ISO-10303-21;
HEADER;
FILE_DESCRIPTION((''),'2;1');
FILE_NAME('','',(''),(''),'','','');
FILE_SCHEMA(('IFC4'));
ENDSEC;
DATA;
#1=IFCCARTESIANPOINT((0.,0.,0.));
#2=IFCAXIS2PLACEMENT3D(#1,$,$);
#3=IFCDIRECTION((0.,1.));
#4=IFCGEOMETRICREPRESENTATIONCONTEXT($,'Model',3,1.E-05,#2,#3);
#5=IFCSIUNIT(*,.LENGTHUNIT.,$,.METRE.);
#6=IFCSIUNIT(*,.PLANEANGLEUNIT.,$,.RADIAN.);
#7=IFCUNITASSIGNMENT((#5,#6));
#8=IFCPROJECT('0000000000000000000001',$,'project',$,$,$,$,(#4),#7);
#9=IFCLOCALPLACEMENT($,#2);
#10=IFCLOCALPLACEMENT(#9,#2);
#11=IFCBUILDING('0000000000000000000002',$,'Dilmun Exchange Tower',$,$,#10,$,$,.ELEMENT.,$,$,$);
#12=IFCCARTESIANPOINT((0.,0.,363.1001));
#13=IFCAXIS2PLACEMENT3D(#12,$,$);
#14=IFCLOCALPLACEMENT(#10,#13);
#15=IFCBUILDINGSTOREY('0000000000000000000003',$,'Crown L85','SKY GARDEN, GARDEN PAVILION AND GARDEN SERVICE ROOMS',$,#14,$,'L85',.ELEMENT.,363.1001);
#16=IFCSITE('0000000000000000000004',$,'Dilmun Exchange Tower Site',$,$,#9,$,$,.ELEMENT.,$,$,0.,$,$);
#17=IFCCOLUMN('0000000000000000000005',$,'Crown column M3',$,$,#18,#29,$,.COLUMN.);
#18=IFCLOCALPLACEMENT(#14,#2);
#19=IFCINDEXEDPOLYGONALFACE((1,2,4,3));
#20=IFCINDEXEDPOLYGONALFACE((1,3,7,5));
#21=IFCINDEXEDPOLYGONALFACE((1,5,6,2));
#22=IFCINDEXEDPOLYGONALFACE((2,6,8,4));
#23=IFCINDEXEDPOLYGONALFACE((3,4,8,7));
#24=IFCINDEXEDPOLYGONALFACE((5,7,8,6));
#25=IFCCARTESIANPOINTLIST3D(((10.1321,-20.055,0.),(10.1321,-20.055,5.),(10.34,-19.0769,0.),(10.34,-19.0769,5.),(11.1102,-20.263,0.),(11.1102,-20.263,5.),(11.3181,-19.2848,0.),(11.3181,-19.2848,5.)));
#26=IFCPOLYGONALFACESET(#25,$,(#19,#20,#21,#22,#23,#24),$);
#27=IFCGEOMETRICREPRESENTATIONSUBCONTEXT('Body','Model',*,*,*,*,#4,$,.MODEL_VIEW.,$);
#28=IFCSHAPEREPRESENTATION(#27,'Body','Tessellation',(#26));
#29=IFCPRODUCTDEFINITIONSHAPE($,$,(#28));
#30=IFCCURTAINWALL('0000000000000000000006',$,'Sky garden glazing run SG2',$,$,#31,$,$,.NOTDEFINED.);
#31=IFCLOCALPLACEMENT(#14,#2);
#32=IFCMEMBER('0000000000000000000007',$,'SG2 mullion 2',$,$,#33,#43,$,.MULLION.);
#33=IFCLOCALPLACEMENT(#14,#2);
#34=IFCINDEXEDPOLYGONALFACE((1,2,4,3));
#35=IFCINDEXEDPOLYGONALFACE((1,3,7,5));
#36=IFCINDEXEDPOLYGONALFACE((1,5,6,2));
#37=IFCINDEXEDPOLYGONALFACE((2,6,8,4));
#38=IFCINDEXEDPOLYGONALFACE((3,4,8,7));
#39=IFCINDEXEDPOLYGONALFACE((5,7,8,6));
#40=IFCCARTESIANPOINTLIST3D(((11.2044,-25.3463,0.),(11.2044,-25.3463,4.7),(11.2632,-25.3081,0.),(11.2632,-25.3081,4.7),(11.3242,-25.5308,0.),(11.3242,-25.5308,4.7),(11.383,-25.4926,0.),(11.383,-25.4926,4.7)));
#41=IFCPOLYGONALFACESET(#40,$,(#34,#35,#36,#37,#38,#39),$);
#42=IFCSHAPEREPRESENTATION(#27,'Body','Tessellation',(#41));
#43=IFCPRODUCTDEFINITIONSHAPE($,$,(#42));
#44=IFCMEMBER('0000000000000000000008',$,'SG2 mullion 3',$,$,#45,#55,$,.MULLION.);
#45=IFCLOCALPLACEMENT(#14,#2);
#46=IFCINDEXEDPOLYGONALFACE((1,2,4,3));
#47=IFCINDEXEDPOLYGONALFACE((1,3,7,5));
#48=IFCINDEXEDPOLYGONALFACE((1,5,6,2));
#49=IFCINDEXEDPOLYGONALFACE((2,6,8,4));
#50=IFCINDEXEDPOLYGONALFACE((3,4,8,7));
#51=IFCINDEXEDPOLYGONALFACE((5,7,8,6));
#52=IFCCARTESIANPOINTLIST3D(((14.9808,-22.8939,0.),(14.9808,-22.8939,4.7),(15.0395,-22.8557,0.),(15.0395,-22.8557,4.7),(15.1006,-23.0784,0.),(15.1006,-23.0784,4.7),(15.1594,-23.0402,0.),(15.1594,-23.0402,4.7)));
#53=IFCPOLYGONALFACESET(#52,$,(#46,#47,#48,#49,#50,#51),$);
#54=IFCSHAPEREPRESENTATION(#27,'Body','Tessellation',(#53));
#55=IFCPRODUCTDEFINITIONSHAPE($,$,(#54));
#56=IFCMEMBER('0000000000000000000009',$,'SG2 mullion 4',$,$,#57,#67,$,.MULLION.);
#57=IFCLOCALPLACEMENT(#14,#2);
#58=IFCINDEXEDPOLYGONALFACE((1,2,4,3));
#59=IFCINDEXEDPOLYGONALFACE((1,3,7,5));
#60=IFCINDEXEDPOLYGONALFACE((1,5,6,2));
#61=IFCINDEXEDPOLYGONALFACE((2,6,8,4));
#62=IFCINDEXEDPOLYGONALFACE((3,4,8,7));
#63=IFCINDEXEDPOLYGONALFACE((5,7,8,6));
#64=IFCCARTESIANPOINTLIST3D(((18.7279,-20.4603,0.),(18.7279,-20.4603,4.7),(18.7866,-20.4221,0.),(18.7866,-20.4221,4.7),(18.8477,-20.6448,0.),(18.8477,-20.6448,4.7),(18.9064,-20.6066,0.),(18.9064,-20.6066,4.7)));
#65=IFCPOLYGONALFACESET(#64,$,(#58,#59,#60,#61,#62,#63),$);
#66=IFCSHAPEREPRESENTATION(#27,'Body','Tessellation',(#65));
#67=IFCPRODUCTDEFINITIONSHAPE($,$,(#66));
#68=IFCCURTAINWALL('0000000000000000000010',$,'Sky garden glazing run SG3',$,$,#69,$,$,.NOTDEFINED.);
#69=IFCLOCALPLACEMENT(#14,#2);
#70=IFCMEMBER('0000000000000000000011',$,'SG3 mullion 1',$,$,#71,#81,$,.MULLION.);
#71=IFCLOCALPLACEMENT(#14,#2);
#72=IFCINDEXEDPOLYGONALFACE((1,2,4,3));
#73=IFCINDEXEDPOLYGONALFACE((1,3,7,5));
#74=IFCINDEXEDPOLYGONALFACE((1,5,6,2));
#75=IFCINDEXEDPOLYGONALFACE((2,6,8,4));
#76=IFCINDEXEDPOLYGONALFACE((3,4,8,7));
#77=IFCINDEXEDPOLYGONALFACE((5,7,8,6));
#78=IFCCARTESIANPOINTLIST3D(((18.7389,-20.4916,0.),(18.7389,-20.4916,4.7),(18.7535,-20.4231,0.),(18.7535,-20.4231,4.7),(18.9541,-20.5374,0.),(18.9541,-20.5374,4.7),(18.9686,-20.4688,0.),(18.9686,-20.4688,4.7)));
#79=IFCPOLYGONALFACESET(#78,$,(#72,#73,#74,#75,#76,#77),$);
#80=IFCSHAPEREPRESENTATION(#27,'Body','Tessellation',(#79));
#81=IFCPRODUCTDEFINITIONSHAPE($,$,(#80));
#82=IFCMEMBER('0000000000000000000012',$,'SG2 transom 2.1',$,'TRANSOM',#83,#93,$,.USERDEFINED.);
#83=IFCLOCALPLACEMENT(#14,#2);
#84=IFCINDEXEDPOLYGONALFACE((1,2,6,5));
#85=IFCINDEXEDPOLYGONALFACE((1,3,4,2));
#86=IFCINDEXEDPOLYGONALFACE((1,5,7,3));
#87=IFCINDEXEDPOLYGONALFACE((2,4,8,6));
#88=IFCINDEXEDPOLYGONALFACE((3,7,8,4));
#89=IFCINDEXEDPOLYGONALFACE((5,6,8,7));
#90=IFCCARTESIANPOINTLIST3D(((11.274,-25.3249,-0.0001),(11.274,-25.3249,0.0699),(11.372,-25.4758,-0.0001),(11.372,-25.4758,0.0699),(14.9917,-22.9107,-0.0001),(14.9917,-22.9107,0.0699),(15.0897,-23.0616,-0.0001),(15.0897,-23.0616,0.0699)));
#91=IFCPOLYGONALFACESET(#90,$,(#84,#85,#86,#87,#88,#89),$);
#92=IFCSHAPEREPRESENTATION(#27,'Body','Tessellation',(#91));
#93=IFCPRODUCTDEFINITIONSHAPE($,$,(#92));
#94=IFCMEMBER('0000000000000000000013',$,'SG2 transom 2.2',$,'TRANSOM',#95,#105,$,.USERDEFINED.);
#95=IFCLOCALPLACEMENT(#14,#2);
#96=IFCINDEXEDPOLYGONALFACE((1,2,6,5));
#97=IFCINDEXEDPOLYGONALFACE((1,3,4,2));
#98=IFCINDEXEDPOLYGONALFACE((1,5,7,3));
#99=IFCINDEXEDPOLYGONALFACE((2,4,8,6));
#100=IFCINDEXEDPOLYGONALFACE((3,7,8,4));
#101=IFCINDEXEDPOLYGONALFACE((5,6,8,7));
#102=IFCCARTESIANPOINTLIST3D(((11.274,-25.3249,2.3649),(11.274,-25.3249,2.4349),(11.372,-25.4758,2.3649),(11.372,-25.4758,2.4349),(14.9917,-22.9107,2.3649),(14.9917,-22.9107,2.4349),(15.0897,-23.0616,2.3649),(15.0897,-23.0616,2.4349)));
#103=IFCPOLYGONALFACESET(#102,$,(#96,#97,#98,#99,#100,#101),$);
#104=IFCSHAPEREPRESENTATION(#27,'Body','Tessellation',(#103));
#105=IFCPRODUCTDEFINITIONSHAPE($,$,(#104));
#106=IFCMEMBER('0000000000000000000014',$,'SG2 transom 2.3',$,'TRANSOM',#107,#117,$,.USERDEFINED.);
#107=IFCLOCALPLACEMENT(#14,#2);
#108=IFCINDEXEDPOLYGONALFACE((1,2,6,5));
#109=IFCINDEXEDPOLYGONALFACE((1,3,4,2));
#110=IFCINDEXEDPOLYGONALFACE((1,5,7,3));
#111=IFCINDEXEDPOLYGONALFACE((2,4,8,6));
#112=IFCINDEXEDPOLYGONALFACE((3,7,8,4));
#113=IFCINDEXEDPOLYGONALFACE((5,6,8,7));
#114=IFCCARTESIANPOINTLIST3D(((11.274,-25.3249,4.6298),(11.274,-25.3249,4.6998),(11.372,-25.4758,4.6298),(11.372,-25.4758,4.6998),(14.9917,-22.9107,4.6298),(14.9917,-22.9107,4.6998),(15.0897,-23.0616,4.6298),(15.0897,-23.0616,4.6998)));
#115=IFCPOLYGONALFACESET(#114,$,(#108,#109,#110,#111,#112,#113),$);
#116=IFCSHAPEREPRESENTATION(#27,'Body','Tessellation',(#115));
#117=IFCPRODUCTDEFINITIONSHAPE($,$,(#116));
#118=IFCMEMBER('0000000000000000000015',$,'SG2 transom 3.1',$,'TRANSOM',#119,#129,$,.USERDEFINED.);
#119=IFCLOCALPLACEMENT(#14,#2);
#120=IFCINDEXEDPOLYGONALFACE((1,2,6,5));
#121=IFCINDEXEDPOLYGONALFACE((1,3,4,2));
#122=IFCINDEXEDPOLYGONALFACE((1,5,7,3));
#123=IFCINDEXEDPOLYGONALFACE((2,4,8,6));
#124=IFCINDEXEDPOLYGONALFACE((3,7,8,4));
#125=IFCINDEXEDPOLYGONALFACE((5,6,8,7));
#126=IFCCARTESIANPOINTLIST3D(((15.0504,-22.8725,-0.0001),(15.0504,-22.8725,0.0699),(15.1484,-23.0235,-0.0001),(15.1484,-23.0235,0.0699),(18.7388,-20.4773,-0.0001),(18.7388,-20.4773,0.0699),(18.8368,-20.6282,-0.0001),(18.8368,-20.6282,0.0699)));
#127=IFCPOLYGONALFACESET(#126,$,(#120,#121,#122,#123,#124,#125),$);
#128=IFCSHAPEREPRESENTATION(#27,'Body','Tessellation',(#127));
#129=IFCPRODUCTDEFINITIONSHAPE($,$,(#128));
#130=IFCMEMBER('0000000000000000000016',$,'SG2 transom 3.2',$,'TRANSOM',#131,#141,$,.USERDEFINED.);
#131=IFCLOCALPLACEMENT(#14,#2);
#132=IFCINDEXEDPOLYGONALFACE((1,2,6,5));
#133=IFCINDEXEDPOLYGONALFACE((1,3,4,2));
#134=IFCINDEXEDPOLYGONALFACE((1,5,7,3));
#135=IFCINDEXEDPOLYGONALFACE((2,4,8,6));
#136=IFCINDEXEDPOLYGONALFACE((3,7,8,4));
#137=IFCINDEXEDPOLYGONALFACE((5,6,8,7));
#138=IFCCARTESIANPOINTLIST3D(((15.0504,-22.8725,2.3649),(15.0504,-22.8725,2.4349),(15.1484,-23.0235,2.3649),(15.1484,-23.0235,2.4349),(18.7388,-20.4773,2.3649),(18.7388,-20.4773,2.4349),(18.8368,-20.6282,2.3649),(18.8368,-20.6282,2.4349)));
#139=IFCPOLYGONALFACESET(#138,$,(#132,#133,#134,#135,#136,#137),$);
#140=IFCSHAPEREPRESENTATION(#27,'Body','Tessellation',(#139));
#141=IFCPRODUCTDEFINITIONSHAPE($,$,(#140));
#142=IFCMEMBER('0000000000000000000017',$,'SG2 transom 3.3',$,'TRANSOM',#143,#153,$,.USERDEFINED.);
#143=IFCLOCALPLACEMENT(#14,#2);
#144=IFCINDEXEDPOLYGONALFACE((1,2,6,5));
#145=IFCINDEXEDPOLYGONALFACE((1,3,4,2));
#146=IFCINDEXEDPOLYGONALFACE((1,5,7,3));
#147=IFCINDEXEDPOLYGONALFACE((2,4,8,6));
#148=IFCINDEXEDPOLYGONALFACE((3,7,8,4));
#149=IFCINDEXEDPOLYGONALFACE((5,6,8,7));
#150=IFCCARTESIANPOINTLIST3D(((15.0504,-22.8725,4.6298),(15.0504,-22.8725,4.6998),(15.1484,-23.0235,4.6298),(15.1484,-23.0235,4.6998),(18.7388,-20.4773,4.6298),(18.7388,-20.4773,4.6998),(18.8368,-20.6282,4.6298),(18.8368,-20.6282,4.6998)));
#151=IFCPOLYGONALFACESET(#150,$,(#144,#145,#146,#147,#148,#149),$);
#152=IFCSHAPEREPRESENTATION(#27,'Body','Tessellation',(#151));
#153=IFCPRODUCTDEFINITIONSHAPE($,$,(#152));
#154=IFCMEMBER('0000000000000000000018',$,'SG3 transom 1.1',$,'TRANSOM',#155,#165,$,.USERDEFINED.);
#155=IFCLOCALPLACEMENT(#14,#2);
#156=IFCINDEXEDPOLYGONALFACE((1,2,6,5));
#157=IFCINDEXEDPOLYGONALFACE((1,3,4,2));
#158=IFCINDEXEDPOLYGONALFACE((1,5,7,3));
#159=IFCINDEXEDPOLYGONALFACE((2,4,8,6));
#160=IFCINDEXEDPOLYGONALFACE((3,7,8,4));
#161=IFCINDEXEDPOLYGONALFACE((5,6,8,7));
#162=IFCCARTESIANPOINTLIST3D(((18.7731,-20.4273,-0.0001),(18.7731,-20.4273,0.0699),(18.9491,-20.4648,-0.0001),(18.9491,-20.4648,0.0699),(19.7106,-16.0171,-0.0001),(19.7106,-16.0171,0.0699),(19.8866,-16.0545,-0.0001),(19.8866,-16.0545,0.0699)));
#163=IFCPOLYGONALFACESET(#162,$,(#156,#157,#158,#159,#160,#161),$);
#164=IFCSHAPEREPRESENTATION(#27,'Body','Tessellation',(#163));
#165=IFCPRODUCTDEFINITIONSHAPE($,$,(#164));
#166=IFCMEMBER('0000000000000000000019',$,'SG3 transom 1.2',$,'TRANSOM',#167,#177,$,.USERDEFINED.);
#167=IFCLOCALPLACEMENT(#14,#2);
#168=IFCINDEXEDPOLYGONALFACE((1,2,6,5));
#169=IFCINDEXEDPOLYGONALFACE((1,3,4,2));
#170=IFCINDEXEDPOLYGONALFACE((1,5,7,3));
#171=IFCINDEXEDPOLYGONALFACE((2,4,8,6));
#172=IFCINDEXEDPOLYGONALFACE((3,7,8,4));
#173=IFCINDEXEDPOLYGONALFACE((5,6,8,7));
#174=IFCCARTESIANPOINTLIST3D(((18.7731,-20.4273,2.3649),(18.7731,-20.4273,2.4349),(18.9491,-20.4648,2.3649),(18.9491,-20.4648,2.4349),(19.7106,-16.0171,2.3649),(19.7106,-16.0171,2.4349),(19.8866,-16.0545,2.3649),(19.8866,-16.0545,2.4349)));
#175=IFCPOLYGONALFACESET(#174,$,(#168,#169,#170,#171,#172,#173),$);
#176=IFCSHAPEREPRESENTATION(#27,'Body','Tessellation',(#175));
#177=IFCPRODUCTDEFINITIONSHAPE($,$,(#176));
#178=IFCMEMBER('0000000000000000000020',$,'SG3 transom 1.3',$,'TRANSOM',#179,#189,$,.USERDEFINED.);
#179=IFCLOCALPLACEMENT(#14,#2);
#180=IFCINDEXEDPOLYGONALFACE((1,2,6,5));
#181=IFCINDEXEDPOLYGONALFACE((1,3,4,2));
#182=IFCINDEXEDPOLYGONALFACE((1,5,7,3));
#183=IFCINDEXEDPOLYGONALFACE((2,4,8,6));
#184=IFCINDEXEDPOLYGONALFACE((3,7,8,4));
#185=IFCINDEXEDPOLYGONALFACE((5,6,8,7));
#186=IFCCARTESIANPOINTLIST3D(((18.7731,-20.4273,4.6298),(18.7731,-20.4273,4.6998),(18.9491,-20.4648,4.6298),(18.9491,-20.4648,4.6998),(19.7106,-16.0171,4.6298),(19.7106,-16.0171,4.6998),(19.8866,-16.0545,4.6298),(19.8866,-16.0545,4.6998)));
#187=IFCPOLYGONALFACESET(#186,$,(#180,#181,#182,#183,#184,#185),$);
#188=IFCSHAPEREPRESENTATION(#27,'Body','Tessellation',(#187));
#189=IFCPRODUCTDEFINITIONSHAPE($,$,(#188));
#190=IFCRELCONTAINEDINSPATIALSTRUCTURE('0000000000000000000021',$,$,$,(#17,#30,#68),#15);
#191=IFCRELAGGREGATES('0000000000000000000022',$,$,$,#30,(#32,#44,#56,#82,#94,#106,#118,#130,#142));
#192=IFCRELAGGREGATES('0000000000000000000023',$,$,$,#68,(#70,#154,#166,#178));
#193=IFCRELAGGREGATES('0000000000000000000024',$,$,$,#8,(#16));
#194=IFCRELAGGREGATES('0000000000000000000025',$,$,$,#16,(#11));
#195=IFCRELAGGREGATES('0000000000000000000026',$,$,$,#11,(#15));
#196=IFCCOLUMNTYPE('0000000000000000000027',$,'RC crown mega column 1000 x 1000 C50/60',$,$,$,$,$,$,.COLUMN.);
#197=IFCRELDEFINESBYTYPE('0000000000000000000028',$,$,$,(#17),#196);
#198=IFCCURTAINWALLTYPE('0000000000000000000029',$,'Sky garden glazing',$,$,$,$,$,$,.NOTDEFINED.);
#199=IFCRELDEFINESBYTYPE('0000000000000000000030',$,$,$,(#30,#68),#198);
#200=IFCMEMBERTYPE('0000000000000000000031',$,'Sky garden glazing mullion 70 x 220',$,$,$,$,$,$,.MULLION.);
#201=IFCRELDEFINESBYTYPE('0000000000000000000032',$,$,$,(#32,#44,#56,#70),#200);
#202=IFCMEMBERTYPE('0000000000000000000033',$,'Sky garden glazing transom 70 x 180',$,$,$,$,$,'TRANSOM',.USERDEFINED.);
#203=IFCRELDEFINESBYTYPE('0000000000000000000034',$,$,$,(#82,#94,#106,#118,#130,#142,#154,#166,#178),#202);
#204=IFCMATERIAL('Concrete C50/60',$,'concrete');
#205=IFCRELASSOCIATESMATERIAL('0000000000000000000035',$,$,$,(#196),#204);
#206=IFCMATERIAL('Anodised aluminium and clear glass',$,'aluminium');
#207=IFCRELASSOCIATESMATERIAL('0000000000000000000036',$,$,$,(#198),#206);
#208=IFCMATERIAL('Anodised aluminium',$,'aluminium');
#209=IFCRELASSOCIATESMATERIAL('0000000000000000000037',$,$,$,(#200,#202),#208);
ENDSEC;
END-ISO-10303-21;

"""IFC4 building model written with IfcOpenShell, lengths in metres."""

from ifc_helpers import new_model, si_unit, direction, frame, origin, origin_2d, place, context, subcontext, project, spatial, rectangle, extrude, material, material_profile, profile_set, type_object, element, aggregate, save


model = new_model("IFC4")

# Units and contexts
model_context = context("Model", 3, precision=1e-05, world=origin(), true_north=direction((0.0, 1.0)))
body_context = subcontext(model_context, "Body", "Model", "MODEL_VIEW")
ifc_project = project(units=[si_unit("LENGTHUNIT", "METRE"), si_unit("PLANEANGLEUNIT", "RADIAN")], contexts=[model_context])

# Site, building, storey
site_placement = place(None, origin())
site = spatial("IfcSite", under=ifc_project, at=site_placement, Name="Dilmun Exchange Tower Site", CompositionType="ELEMENT", RefElevation=0.0)
building_placement = place(site_placement, origin())
building = spatial("IfcBuilding", under=site, at=building_placement, Name="Dilmun Exchange Tower", CompositionType="ELEMENT")
storey_placement = place(building_placement, frame((0.0, 0.0, 363.1001)))
storey = spatial("IfcBuildingStorey", under=building, at=storey_placement, Name="Crown L85", Description="SKY GARDEN, GARDEN PAVILION AND GARDEN SERVICE ROOMS", LongName="L85", CompositionType="ELEMENT", Elevation=363.1001)

# Column
ifc_material_1 = material(Name="Concrete C50/60", Category="concrete")
ifc_material_profile_1 = material_profile(ifc_material_1, rectangle(XDim=1.0, YDim=1.0, at=origin_2d()), Name="1000 x 1000")
ifc_profile_set_1 = profile_set([ifc_material_profile_1], Name="Concrete C50/60")
column_type = type_object("IfcColumnType", Name="RC crown mega column 1000 x 1000 C50/60", PredefinedType="COLUMN", material=ifc_profile_set_1)
column_placement = place(storey_placement, frame((10.7251, -19.6699, 0.0), z_axis=(0.0, 0.0, 1.0), x_axis=(0.207912, 0.978148, 0.0)))
element("IfcColumn", 1, at=column_placement, inside=storey, type_object=column_type, Name="Crown column M3", PredefinedType="COLUMN", context=body_context, shape_type="SweptSolid", body=[
    extrude(rectangle(XDim=1.0, YDim=1.0, at=origin_2d()), origin(), (0.0, 0.0, 1.0), 5.0),
])

# Curtain wall, members
ifc_material_2 = material(Name="Anodised aluminium and clear glass", Category="aluminium")
curtain_wall_type = type_object("IfcCurtainWallType", Name="Sky garden glazing", PredefinedType="NOTDEFINED", material=ifc_material_2)
curtain_wall_1_placement = place(storey_placement, origin())
curtain_wall_1 = element("IfcCurtainWall", 2, at=curtain_wall_1_placement, inside=storey, type_object=curtain_wall_type, Name="Sky garden glazing run SG2", PredefinedType="NOTDEFINED")
ifc_material_3 = material(Name="Anodised aluminium", Category="aluminium")
ifc_material_profile_2 = material_profile(ifc_material_3, rectangle(XDim=0.22, YDim=0.0701, at=origin_2d()), Name="AL 70x220")
ifc_profile_set_2 = profile_set([ifc_material_profile_2], Name="Anodised aluminium")
member_type_1 = type_object("IfcMemberType", Name="Sky garden glazing mullion 70 x 220", PredefinedType="MULLION", material=ifc_profile_set_2)
member_1_placement = place(storey_placement, frame((11.2937, -25.4194, 0.0), z_axis=(0.0, 0.0, 1.0), x_axis=(-0.544644, 0.838667, 0.0)))
member_1 = element("IfcMember", 3, at=member_1_placement, type_object=member_type_1, Name="SG2 mullion 2", PredefinedType="MULLION", context=body_context, shape_type="SweptSolid", body=[
    extrude(rectangle(XDim=0.22, YDim=0.0701, at=origin_2d()), origin(), (0.0, 0.0, 1.0), 4.7),
])
member_2_placement = place(storey_placement, frame((15.0701, -22.967, 0.0), z_axis=(0.0, 0.0, 1.0), x_axis=(-0.544644, 0.838667, 0.0)))
member_2 = element("IfcMember", 4, at=member_2_placement, type_object=member_type_1, Name="SG2 mullion 3", PredefinedType="MULLION", context=body_context, shape_type="SweptSolid", body=[
    extrude(rectangle(XDim=0.22, YDim=0.0701, at=origin_2d()), origin(), (0.0, 0.0, 1.0), 4.7),
])
member_3_placement = place(storey_placement, frame((18.8171, -20.5334, 0.0), z_axis=(0.0, 0.0, 1.0), x_axis=(-0.544644, 0.838667, 0.0)))
member_3 = element("IfcMember", 5, at=member_3_placement, type_object=member_type_1, Name="SG2 mullion 4", PredefinedType="MULLION", context=body_context, shape_type="SweptSolid", body=[
    extrude(rectangle(XDim=0.22, YDim=0.0701, at=origin_2d()), origin(), (0.0, 0.0, 1.0), 4.7),
])

# Curtain wall, member
curtain_wall_2_placement = place(storey_placement, origin())
curtain_wall_2 = element("IfcCurtainWall", 6, at=curtain_wall_2_placement, inside=storey, type_object=curtain_wall_type, Name="Sky garden glazing run SG3", PredefinedType="NOTDEFINED")
member_4_placement = place(storey_placement, frame((18.8538, -20.4802, 0.0), z_axis=(0.0, 0.0, 1.0), x_axis=(-0.978147, 0.207913, 0.0)))
member_4 = element("IfcMember", 7, at=member_4_placement, type_object=member_type_1, Name="SG3 mullion 1", PredefinedType="MULLION", context=body_context, shape_type="SweptSolid", body=[
    extrude(rectangle(XDim=0.22, YDim=0.0701, at=origin_2d()), origin(), (0.0, 0.0, 1.0), 4.7),
])

# Members
ifc_material_profile_3 = material_profile(ifc_material_3, rectangle(XDim=0.1799, YDim=0.0701, at=origin_2d()), Name="AL 70x180")
ifc_profile_set_3 = profile_set([ifc_material_profile_3], Name="Anodised aluminium")
member_type_2 = type_object("IfcMemberType", Name="Sky garden glazing transom 70 x 180", ElementType="TRANSOM", PredefinedType="USERDEFINED", material=ifc_profile_set_3)
member_5_placement = place(storey_placement, frame((11.323, -25.4004, 0.0349), z_axis=(0.838675, 0.544632, 0.0), x_axis=(-0.544632, 0.838675, 0.0)))
member_5 = element("IfcMember", 8, at=member_5_placement, type_object=member_type_2, Name="SG2 transom 2.1", ObjectType="TRANSOM", PredefinedType="USERDEFINED", context=body_context, shape_type="SweptSolid", body=[
    extrude(rectangle(XDim=0.1799, YDim=0.0701, at=origin_2d()), origin(), (0.0, 0.0, 1.0), 4.4329),
])
member_6_placement = place(storey_placement, frame((11.323, -25.4004, 2.3999), z_axis=(0.838675, 0.544632, 0.0), x_axis=(-0.544632, 0.838675, 0.0)))
member_6 = element("IfcMember", 9, at=member_6_placement, type_object=member_type_2, Name="SG2 transom 2.2", ObjectType="TRANSOM", PredefinedType="USERDEFINED", context=body_context, shape_type="SweptSolid", body=[
    extrude(rectangle(XDim=0.1799, YDim=0.0701, at=origin_2d()), origin(), (0.0, 0.0, 1.0), 4.4329),
])
member_7_placement = place(storey_placement, frame((11.323, -25.4004, 4.6648), z_axis=(0.838675, 0.544632, 0.0), x_axis=(-0.544632, 0.838675, 0.0)))
member_7 = element("IfcMember", 10, at=member_7_placement, type_object=member_type_2, Name="SG2 transom 2.3", ObjectType="TRANSOM", PredefinedType="USERDEFINED", context=body_context, shape_type="SweptSolid", body=[
    extrude(rectangle(XDim=0.1799, YDim=0.0701, at=origin_2d()), origin(), (0.0, 0.0, 1.0), 4.4329),
])
member_8_placement = place(storey_placement, frame((15.0994, -22.948, 0.0349), z_axis=(0.838677, 0.544629, 0.0), x_axis=(-0.544629, 0.838677, 0.0)))
member_8 = element("IfcMember", 11, at=member_8_placement, type_object=member_type_2, Name="SG2 transom 3.1", ObjectType="TRANSOM", PredefinedType="USERDEFINED", context=body_context, shape_type="SweptSolid", body=[
    extrude(rectangle(XDim=0.1799, YDim=0.0701, at=origin_2d()), origin(), (0.0, 0.0, 1.0), 4.3979),
])
member_9_placement = place(storey_placement, frame((15.0994, -22.948, 2.3999), z_axis=(0.838677, 0.544629, 0.0), x_axis=(-0.544629, 0.838677, 0.0)))
member_9 = element("IfcMember", 12, at=member_9_placement, type_object=member_type_2, Name="SG2 transom 3.2", ObjectType="TRANSOM", PredefinedType="USERDEFINED", context=body_context, shape_type="SweptSolid", body=[
    extrude(rectangle(XDim=0.1799, YDim=0.0701, at=origin_2d()), origin(), (0.0, 0.0, 1.0), 4.3979),
])
member_10_placement = place(storey_placement, frame((15.0994, -22.948, 4.6648), z_axis=(0.838677, 0.544629, 0.0), x_axis=(-0.544629, 0.838677, 0.0)))
member_10 = element("IfcMember", 13, at=member_10_placement, type_object=member_type_2, Name="SG2 transom 3.3", ObjectType="TRANSOM", PredefinedType="USERDEFINED", context=body_context, shape_type="SweptSolid", body=[
    extrude(rectangle(XDim=0.1799, YDim=0.0701, at=origin_2d()), origin(), (0.0, 0.0, 1.0), 4.3979),
])
member_11_placement = place(storey_placement, frame((18.8611, -20.446, 0.0349), z_axis=(0.207931, 0.978143, 0.0), x_axis=(-0.978143, 0.207931, 0.0)))
member_11 = element("IfcMember", 14, at=member_11_placement, type_object=member_type_2, Name="SG3 transom 1.1", ObjectType="TRANSOM", PredefinedType="USERDEFINED", context=body_context, shape_type="SweptSolid", body=[
    extrude(rectangle(XDim=0.1799, YDim=0.0701, at=origin_2d()), origin(), (0.0, 0.0, 1.0), 4.5088),
])
member_12_placement = place(storey_placement, frame((18.8611, -20.446, 2.3999), z_axis=(0.207931, 0.978143, 0.0), x_axis=(-0.978143, 0.207931, 0.0)))
member_12 = element("IfcMember", 15, at=member_12_placement, type_object=member_type_2, Name="SG3 transom 1.2", ObjectType="TRANSOM", PredefinedType="USERDEFINED", context=body_context, shape_type="SweptSolid", body=[
    extrude(rectangle(XDim=0.1799, YDim=0.0701, at=origin_2d()), origin(), (0.0, 0.0, 1.0), 4.5088),
])
member_13_placement = place(storey_placement, frame((18.8611, -20.446, 4.6648), z_axis=(0.207931, 0.978143, 0.0), x_axis=(-0.978143, 0.207931, 0.0)))
member_13 = element("IfcMember", 16, at=member_13_placement, type_object=member_type_2, Name="SG3 transom 1.3", ObjectType="TRANSOM", PredefinedType="USERDEFINED", context=body_context, shape_type="SweptSolid", body=[
    extrude(rectangle(XDim=0.1799, YDim=0.0701, at=origin_2d()), origin(), (0.0, 0.0, 1.0), 4.5088),
])

aggregate(curtain_wall_1, [member_1, member_2, member_3, member_5, member_6, member_7, member_8, member_9, member_10])
aggregate(curtain_wall_2, [member_4, member_11, member_12, member_13])

save(model, "model.ifc")
